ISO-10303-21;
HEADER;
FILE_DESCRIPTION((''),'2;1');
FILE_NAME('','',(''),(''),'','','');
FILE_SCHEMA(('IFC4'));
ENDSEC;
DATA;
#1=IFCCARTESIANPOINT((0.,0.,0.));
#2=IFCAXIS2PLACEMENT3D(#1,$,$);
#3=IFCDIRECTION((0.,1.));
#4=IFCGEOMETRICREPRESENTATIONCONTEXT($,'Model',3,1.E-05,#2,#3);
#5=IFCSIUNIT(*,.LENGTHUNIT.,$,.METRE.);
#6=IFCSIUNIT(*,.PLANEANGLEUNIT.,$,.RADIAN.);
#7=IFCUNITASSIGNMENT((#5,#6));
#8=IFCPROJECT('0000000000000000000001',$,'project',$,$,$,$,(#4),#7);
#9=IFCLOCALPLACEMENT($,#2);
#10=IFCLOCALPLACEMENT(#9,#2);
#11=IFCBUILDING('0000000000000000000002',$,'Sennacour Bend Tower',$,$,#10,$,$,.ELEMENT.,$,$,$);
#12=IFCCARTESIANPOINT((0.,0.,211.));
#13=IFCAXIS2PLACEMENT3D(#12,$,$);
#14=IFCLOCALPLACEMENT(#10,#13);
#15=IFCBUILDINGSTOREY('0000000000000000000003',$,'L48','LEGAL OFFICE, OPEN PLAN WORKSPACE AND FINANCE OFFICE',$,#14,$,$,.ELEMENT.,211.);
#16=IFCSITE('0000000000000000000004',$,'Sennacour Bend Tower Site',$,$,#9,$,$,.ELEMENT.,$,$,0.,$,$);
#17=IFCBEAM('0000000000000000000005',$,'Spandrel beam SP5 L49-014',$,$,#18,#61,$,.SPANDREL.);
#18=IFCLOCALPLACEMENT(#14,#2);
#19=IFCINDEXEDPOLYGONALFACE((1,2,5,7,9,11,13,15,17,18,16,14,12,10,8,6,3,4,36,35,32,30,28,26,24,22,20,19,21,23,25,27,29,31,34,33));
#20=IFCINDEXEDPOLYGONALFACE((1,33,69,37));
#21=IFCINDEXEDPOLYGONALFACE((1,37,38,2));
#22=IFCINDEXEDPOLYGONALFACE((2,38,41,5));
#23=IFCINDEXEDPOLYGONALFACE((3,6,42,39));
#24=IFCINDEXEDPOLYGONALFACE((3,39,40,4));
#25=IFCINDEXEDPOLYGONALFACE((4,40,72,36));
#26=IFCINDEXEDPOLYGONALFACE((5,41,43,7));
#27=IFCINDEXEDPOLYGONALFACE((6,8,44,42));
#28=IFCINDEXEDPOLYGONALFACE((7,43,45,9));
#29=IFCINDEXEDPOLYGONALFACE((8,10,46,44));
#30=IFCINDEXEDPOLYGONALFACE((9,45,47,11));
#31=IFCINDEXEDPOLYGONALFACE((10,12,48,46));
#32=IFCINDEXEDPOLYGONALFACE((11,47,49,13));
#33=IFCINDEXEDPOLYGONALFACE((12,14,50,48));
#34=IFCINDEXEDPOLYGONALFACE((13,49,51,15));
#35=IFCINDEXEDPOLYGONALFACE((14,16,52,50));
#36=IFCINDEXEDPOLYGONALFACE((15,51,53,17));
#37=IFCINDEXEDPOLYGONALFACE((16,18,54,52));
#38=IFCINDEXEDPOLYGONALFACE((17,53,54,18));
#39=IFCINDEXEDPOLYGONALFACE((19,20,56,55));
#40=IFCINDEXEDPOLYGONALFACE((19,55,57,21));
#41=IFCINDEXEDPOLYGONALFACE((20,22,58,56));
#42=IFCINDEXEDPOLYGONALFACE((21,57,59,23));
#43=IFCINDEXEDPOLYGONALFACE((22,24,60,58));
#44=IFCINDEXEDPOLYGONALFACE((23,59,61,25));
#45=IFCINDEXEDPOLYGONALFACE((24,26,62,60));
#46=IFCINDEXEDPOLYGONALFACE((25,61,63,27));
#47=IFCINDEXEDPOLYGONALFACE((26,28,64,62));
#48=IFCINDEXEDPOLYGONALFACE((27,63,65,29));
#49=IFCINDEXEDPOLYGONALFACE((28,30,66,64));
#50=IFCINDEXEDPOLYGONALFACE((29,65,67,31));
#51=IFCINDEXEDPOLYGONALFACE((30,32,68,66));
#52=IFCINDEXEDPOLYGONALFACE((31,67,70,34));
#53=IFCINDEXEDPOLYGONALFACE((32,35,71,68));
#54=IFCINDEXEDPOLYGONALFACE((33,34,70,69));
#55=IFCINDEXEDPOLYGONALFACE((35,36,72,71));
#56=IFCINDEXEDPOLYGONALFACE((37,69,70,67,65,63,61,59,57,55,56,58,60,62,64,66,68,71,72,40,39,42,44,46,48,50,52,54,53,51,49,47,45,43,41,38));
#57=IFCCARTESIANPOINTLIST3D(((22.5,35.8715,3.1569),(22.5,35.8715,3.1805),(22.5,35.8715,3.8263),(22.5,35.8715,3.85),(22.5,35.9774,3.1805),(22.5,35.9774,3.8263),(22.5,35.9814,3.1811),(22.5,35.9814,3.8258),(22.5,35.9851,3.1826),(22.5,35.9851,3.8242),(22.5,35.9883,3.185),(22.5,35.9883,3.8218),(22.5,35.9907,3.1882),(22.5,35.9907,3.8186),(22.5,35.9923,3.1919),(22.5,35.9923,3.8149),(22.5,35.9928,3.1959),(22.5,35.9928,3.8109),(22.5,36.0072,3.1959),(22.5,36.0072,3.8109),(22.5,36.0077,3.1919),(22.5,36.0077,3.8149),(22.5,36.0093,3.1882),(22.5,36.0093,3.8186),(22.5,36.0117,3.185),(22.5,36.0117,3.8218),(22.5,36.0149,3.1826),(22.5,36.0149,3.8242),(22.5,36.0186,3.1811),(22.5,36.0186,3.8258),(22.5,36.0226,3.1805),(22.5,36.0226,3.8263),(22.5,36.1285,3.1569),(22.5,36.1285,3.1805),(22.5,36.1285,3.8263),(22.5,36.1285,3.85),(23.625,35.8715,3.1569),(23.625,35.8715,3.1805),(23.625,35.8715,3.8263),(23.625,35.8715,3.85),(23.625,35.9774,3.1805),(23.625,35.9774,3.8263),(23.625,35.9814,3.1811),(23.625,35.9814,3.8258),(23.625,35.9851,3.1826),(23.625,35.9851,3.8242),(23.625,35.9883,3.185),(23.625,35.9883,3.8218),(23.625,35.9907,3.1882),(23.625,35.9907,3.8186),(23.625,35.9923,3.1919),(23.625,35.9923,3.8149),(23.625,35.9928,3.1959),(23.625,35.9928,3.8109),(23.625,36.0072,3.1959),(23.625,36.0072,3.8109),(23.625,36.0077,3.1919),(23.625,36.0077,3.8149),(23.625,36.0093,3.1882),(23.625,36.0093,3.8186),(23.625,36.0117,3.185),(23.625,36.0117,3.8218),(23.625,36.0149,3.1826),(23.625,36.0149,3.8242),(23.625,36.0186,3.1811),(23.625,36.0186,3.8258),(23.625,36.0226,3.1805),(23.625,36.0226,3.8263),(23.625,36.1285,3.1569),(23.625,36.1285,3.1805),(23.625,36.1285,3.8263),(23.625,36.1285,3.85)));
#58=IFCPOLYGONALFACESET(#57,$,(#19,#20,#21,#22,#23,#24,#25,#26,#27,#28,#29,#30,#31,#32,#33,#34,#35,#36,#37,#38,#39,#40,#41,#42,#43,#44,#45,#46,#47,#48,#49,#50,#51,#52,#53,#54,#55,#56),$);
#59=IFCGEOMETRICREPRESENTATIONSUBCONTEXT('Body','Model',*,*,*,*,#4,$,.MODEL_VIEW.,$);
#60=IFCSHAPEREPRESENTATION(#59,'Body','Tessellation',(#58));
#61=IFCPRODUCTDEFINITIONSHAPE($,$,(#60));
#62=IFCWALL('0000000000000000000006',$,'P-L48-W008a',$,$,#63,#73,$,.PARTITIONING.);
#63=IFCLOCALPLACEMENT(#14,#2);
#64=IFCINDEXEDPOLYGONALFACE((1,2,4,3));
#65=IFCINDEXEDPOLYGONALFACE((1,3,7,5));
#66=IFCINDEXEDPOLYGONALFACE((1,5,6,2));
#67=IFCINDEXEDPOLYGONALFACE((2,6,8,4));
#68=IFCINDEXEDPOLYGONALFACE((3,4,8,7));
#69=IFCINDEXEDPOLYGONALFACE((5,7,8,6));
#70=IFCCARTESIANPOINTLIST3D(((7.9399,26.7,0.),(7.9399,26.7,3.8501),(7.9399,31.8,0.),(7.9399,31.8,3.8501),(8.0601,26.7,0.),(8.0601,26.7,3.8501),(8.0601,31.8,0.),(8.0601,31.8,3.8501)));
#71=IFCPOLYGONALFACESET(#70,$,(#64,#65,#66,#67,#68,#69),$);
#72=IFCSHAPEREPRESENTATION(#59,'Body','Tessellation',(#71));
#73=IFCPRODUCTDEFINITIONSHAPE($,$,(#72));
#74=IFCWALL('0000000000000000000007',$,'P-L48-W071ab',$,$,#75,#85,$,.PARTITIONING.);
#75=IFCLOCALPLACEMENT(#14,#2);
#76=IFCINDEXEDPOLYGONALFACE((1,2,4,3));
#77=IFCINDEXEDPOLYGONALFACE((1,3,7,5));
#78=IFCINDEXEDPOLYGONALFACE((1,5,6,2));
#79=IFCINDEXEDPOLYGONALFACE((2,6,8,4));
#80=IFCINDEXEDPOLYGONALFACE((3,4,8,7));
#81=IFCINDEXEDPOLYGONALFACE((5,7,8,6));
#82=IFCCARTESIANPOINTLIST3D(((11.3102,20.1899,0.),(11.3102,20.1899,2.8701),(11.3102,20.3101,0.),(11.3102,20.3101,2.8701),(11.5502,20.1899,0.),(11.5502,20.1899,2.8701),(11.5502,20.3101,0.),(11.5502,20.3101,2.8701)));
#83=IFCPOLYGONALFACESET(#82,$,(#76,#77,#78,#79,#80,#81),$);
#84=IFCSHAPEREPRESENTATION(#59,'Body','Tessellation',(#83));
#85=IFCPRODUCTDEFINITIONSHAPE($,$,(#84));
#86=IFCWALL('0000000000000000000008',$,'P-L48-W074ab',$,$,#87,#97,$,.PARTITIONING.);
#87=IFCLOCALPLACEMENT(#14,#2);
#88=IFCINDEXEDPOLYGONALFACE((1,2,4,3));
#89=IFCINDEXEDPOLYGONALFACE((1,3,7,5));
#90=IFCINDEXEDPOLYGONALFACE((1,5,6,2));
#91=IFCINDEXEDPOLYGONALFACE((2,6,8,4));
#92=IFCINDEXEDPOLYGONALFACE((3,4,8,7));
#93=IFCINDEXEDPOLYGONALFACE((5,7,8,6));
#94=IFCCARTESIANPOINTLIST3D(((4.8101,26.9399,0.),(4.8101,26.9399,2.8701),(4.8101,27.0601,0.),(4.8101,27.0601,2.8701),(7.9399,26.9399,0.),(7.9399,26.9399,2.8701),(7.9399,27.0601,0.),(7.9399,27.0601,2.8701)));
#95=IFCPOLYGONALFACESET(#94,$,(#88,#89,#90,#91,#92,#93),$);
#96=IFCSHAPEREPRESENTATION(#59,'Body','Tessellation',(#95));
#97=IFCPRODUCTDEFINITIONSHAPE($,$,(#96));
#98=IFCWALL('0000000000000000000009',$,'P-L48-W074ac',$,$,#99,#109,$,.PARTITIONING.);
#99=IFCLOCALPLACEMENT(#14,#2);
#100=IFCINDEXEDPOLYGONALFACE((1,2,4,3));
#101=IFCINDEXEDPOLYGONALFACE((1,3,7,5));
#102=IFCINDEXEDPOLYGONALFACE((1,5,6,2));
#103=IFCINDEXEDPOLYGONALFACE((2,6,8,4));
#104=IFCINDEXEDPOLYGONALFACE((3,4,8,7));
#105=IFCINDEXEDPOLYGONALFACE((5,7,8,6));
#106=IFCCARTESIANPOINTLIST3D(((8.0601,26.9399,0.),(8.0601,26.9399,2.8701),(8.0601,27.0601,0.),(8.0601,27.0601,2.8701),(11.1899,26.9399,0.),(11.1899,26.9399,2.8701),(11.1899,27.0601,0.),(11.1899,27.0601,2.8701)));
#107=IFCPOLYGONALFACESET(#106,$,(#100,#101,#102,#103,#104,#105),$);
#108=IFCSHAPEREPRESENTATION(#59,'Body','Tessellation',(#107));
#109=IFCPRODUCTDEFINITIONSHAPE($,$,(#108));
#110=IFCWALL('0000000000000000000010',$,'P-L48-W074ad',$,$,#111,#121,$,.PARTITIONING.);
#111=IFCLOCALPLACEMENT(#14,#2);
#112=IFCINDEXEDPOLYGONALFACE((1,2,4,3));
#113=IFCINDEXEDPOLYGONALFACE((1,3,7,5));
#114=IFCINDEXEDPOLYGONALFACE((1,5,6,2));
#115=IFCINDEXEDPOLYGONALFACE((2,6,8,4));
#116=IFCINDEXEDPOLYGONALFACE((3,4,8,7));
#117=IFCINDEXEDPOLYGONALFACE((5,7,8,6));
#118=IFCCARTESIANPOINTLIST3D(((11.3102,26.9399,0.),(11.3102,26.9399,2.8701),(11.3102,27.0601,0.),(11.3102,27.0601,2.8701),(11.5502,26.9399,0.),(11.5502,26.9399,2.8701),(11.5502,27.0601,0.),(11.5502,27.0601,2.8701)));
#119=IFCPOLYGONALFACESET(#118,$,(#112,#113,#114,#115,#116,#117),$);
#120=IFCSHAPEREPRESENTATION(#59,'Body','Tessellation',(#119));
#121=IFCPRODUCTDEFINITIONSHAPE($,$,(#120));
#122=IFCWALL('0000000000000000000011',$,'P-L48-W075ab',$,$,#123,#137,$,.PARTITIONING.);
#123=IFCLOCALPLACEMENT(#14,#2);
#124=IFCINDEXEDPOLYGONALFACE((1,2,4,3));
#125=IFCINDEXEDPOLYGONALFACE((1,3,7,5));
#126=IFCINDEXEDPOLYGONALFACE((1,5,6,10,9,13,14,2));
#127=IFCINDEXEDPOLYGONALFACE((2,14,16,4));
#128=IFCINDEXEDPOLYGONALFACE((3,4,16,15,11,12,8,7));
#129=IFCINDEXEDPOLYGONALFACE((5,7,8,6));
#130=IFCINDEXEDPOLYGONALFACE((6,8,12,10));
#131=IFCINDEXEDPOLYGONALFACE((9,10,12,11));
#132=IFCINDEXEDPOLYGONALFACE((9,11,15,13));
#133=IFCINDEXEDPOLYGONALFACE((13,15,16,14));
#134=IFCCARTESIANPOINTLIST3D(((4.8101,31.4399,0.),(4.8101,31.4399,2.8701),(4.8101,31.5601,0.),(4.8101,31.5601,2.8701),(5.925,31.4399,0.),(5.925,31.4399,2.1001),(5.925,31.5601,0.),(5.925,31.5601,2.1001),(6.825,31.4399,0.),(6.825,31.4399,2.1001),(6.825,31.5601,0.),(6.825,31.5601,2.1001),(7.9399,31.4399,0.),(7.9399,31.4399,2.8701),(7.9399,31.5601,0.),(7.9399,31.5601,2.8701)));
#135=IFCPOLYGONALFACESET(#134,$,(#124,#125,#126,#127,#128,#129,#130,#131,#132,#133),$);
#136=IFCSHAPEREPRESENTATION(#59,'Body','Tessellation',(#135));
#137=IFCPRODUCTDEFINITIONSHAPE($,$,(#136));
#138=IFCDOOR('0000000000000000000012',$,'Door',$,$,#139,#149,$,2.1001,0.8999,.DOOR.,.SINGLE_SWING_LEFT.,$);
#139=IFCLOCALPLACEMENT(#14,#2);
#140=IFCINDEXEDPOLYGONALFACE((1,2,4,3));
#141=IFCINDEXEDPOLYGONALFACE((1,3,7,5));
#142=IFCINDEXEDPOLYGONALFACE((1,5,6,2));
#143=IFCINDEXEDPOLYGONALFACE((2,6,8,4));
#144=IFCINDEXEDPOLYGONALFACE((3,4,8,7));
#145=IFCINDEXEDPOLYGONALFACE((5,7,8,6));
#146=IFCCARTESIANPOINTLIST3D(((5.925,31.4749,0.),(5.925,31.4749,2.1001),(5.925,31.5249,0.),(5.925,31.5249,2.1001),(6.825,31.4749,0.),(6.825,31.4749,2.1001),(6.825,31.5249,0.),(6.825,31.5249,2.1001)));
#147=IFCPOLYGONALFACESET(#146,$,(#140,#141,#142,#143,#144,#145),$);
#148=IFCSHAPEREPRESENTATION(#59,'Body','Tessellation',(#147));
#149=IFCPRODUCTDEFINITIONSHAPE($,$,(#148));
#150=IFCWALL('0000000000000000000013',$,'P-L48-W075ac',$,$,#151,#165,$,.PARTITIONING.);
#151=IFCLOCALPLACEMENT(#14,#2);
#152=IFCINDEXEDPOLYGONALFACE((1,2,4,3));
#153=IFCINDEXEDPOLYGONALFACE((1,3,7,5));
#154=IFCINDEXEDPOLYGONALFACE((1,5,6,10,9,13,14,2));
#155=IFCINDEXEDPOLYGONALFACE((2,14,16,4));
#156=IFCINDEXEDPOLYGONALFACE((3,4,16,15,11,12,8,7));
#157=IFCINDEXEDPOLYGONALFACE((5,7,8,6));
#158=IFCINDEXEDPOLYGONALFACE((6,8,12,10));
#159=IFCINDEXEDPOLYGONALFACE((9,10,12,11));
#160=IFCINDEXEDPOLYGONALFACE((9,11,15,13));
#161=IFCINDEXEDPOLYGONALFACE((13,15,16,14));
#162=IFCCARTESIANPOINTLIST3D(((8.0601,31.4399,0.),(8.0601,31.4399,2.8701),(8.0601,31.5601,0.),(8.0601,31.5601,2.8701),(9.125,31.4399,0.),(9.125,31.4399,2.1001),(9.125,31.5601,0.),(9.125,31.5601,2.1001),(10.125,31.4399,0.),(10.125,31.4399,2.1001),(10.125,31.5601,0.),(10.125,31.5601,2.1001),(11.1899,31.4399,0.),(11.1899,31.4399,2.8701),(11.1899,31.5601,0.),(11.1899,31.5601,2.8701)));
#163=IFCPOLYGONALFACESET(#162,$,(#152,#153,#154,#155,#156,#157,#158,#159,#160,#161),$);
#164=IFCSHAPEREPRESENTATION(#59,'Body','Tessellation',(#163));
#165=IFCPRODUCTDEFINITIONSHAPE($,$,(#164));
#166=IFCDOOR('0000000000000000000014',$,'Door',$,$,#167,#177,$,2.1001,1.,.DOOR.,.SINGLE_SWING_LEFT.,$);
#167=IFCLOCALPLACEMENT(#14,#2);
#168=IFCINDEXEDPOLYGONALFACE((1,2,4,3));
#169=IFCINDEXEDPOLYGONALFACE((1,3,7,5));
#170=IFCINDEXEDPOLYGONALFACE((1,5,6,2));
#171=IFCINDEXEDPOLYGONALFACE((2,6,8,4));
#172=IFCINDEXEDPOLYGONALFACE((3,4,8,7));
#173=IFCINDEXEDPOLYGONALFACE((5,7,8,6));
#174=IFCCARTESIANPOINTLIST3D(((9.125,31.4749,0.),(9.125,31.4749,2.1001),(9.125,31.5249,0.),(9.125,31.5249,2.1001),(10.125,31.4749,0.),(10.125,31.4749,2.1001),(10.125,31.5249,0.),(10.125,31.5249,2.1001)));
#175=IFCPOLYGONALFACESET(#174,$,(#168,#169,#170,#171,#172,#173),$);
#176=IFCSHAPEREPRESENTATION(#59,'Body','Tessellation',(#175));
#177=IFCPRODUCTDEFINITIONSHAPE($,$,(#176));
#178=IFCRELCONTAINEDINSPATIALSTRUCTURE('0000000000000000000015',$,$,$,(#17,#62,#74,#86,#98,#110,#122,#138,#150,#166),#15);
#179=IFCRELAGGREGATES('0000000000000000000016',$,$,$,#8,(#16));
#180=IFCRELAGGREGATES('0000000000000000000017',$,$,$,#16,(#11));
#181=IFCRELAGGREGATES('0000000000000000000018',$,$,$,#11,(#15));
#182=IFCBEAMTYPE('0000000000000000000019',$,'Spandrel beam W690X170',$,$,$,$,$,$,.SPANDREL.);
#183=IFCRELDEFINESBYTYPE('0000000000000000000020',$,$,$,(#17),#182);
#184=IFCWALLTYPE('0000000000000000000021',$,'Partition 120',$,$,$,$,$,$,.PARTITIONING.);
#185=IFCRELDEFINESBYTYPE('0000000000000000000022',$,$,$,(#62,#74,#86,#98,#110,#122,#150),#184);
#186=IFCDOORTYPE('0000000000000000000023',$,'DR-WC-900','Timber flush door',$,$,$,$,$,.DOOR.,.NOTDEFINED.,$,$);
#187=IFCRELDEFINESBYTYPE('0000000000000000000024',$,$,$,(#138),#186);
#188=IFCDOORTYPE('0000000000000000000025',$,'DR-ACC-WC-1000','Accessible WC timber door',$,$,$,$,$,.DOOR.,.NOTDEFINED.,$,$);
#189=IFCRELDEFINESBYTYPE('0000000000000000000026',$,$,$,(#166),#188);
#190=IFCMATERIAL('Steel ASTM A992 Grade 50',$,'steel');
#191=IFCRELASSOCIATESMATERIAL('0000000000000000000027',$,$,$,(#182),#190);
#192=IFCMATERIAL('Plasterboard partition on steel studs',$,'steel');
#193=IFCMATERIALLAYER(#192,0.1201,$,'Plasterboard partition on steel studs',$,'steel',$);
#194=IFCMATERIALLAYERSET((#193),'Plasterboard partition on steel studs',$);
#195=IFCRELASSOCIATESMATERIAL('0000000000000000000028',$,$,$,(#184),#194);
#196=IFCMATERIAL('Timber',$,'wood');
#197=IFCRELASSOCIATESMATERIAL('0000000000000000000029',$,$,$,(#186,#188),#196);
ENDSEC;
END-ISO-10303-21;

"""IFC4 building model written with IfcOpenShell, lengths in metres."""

from ifc_helpers import new_model, si_unit, direction, frame, frame_2d, origin, origin_2d, place, context, subcontext, project, spatial, rectangle, i_section, extrude, material, layer, layer_set, material_profile, profile_set, type_object, element, fill, save


model = new_model("IFC4")

# Units and contexts
model_context = context("Model", 3, precision=1e-05, world=origin(), true_north=direction((0.0, 1.0)))
body_context = subcontext(model_context, "Body", "Model", "MODEL_VIEW")
ifc_project = project(units=[si_unit("LENGTHUNIT", "METRE"), si_unit("PLANEANGLEUNIT", "RADIAN")], contexts=[model_context])

# Site, building, storey
site_placement = place(None, origin())
site = spatial("IfcSite", under=ifc_project, at=site_placement, Name="Sennacour Bend Tower Site", CompositionType="ELEMENT", RefElevation=0.0)
building_placement = place(site_placement, origin())
building = spatial("IfcBuilding", under=site, at=building_placement, Name="Sennacour Bend Tower", CompositionType="ELEMENT")
storey_placement = place(building_placement, frame((0.0, 0.0, 211.0)))
storey = spatial("IfcBuildingStorey", under=building, at=storey_placement, Name="L48", Description="LEGAL OFFICE, OPEN PLAN WORKSPACE AND FINANCE OFFICE", CompositionType="ELEMENT", Elevation=211.0)

# Beam
ifc_material_1 = material(Name="Steel ASTM A992 Grade 50", Category="steel")
ifc_material_profile_1 = material_profile(ifc_material_1, i_section(OverallWidth=0.2571, OverallDepth=0.6931, WebThickness=0.0144, FlangeThickness=0.0237, FilletRadius=0.0154, at=origin_2d()), Name="Steel ASTM A992 Grade 50", Category="steel")
ifc_profile_set_1 = profile_set([ifc_material_profile_1], Name="Steel ASTM A992 Grade 50")
beam_type_1 = type_object("IfcBeamType", Name="Spandrel beam W690X170", PredefinedType="SPANDREL", material=ifc_profile_set_1)
beam_1_placement = place(storey_placement, frame((22.5, 36.0, 3.5034), z_axis=(1.0, 0.0, 0.0), x_axis=(0.0, 1.0, 0.0)))
element("IfcBeam", 1, at=beam_1_placement, inside=storey, type_object=beam_type_1, Name="Spandrel beam SP5 L49-014", PredefinedType="SPANDREL", context=body_context, shape_type="SweptSolid", body=[
    extrude(i_section(OverallWidth=0.2571, OverallDepth=0.6931, WebThickness=0.0144, FlangeThickness=0.0237, FilletRadius=0.0154, at=origin_2d()), origin(), (0.0, 0.0, 1.0), 1.125),
])

# Walls
ifc_material_2 = material(Name="Plasterboard partition on steel studs", Category="steel")
ifc_layer_1 = layer(ifc_material_2, 0.1201, Name="Plasterboard partition on steel studs", Category="steel")
ifc_layer_set_1 = layer_set([ifc_layer_1], Name="Plasterboard partition on steel studs")
wall_type_1 = type_object("IfcWallType", Name="Partition 120", PredefinedType="PARTITIONING", material=ifc_layer_set_1)
wall_1_placement = place(storey_placement, frame((8.0, 26.7, 0.0), z_axis=(0.0, 0.0, 1.0), x_axis=(0.0, 1.0, 0.0)))
element("IfcWall", 2, at=wall_1_placement, inside=storey, type_object=wall_type_1, Name="P-L48-W008a", PredefinedType="PARTITIONING", context=body_context, shape_type="SweptSolid", body=[
    extrude(rectangle(XDim=5.1001, YDim=0.1201, at=frame_2d((2.55, 0.0))), origin(), (0.0, 0.0, 1.0), 3.8501),
])
wall_2_placement = place(storey_placement, frame((11.3101, 20.25, 0.0), z_axis=(0.0, 0.0, 1.0), x_axis=(1.0, 0.0, 0.0)))
element("IfcWall", 3, at=wall_2_placement, inside=storey, type_object=wall_type_1, Name="P-L48-W071ab", PredefinedType="PARTITIONING", context=body_context, shape_type="SweptSolid", body=[
    extrude(rectangle(XDim=0.24, YDim=0.1201, at=frame_2d((0.1201, 0.0))), origin(), (0.0, 0.0, 1.0), 2.8701),
])
for number, where, z_axis, x_axis, name in (
    (4, (4.8101, 27.0, 0.0), (0.0, 0.0, 1.0), (1.0, 0.0, 0.0), "P-L48-W074ab"),
    (5, (8.0601, 27.0, 0.0), (0.0, 0.0, 1.0), (1.0, 0.0, 0.0), "P-L48-W074ac"),
):
    element("IfcWall", number, at=place(storey_placement, frame(where, z_axis=z_axis, x_axis=x_axis)), inside=storey, type_object=wall_type_1, Name=name, PredefinedType="PARTITIONING", context=body_context, shape_type="SweptSolid", body=[
        extrude(rectangle(XDim=3.1299, YDim=0.1201, at=frame_2d((1.5649, 0.0))), origin(), (0.0, 0.0, 1.0), 2.8701),
    ])
wall_3_placement = place(storey_placement, frame((11.3101, 27.0, 0.0), z_axis=(0.0, 0.0, 1.0), x_axis=(1.0, 0.0, 0.0)))
element("IfcWall", 6, at=wall_3_placement, inside=storey, type_object=wall_type_1, Name="P-L48-W074ad", PredefinedType="PARTITIONING", context=body_context, shape_type="SweptSolid", body=[
    extrude(rectangle(XDim=0.24, YDim=0.1201, at=frame_2d((0.1201, 0.0))), origin(), (0.0, 0.0, 1.0), 2.8701),
])

# Walls, openings, doors
wall_4_placement = place(storey_placement, frame((4.8101, 31.5, 0.0), z_axis=(0.0, 0.0, 1.0), x_axis=(1.0, 0.0, 0.0)))
wall_4 = element("IfcWall", 7, at=wall_4_placement, inside=storey, type_object=wall_type_1, Name="P-L48-W075ab", PredefinedType="PARTITIONING", context=body_context, shape_type="SweptSolid", body=[
    extrude(rectangle(XDim=3.1299, YDim=0.1201, at=frame_2d((1.5649, 0.0))), origin(), (0.0, 0.0, 1.0), 2.8701),
])
opening_1_placement = place(wall_4_placement, frame((1.115, 0.0, 0.0)))
opening_1 = element("IfcOpeningElement", 8, at=opening_1_placement, cuts=wall_4, PredefinedType="OPENING", context=body_context, shape_type="SweptSolid", body=[
    extrude(rectangle(XDim=0.8999, YDim=2.1001, at=frame_2d((0.45, 1.05))), frame((0.0, 0.0701, 0.0), z_axis=(0.0, -1.0, 0.0), x_axis=(1.0, 0.0, 0.0)), (0.0, 0.0, 1.0), 0.1401),
])
ifc_material_3 = material(Name="Timber", Category="wood")
door_type_1 = type_object("IfcDoorType", Name="DR-WC-900", Description="Timber flush door", OperationType="NOTDEFINED", PredefinedType="DOOR", material=ifc_material_3)
door_1_placement = place(opening_1_placement, origin())
door_1 = element("IfcDoor", 9, at=door_1_placement, inside=storey, type_object=door_type_1, Name="Door", OperationType="SINGLE_SWING_LEFT", OverallHeight=2.1001, OverallWidth=0.8999, PredefinedType="DOOR", context=body_context, shape_type="SweptSolid", body=[
    extrude(rectangle(XDim=0.8999, YDim=2.1001, at=frame_2d((0.45, 1.05))), frame((0.0, 0.0249, 0.0), z_axis=(0.0, -1.0, 0.0), x_axis=(1.0, 0.0, 0.0)), (0.0, 0.0, 1.0), 0.05),
])
fill(opening_1, door_1)
wall_5_placement = place(storey_placement, frame((8.0601, 31.5, 0.0), z_axis=(0.0, 0.0, 1.0), x_axis=(1.0, 0.0, 0.0)))
wall_5 = element("IfcWall", 10, at=wall_5_placement, inside=storey, type_object=wall_type_1, Name="P-L48-W075ac", PredefinedType="PARTITIONING", context=body_context, shape_type="SweptSolid", body=[
    extrude(rectangle(XDim=3.1299, YDim=0.1201, at=frame_2d((1.5649, 0.0))), origin(), (0.0, 0.0, 1.0), 2.8701),
])
opening_2_placement = place(wall_5_placement, frame((1.0649, 0.0, 0.0)))
opening_2 = element("IfcOpeningElement", 11, at=opening_2_placement, cuts=wall_5, PredefinedType="OPENING", context=body_context, shape_type="SweptSolid", body=[
    extrude(rectangle(XDim=1.0, YDim=2.1001, at=frame_2d((0.5, 1.05))), frame((0.0, 0.0701, 0.0), z_axis=(0.0, -1.0, 0.0), x_axis=(1.0, 0.0, 0.0)), (0.0, 0.0, 1.0), 0.1401),
])
door_type_2 = type_object("IfcDoorType", Name="DR-ACC-WC-1000", Description="Accessible WC timber door", OperationType="NOTDEFINED", PredefinedType="DOOR", material=ifc_material_3)
door_2_placement = place(opening_2_placement, origin())
door_2 = element("IfcDoor", 12, at=door_2_placement, inside=storey, type_object=door_type_2, Name="Door", OperationType="SINGLE_SWING_LEFT", OverallHeight=2.1001, OverallWidth=1.0, PredefinedType="DOOR", context=body_context, shape_type="SweptSolid", body=[
    extrude(rectangle(XDim=1.0, YDim=2.1001, at=frame_2d((0.5, 1.05))), frame((0.0, 0.0249, 0.0), z_axis=(0.0, -1.0, 0.0), x_axis=(1.0, 0.0, 0.0)), (0.0, 0.0, 1.0), 0.05),
])
fill(opening_2, door_2)

save(model, "model.ifc")
